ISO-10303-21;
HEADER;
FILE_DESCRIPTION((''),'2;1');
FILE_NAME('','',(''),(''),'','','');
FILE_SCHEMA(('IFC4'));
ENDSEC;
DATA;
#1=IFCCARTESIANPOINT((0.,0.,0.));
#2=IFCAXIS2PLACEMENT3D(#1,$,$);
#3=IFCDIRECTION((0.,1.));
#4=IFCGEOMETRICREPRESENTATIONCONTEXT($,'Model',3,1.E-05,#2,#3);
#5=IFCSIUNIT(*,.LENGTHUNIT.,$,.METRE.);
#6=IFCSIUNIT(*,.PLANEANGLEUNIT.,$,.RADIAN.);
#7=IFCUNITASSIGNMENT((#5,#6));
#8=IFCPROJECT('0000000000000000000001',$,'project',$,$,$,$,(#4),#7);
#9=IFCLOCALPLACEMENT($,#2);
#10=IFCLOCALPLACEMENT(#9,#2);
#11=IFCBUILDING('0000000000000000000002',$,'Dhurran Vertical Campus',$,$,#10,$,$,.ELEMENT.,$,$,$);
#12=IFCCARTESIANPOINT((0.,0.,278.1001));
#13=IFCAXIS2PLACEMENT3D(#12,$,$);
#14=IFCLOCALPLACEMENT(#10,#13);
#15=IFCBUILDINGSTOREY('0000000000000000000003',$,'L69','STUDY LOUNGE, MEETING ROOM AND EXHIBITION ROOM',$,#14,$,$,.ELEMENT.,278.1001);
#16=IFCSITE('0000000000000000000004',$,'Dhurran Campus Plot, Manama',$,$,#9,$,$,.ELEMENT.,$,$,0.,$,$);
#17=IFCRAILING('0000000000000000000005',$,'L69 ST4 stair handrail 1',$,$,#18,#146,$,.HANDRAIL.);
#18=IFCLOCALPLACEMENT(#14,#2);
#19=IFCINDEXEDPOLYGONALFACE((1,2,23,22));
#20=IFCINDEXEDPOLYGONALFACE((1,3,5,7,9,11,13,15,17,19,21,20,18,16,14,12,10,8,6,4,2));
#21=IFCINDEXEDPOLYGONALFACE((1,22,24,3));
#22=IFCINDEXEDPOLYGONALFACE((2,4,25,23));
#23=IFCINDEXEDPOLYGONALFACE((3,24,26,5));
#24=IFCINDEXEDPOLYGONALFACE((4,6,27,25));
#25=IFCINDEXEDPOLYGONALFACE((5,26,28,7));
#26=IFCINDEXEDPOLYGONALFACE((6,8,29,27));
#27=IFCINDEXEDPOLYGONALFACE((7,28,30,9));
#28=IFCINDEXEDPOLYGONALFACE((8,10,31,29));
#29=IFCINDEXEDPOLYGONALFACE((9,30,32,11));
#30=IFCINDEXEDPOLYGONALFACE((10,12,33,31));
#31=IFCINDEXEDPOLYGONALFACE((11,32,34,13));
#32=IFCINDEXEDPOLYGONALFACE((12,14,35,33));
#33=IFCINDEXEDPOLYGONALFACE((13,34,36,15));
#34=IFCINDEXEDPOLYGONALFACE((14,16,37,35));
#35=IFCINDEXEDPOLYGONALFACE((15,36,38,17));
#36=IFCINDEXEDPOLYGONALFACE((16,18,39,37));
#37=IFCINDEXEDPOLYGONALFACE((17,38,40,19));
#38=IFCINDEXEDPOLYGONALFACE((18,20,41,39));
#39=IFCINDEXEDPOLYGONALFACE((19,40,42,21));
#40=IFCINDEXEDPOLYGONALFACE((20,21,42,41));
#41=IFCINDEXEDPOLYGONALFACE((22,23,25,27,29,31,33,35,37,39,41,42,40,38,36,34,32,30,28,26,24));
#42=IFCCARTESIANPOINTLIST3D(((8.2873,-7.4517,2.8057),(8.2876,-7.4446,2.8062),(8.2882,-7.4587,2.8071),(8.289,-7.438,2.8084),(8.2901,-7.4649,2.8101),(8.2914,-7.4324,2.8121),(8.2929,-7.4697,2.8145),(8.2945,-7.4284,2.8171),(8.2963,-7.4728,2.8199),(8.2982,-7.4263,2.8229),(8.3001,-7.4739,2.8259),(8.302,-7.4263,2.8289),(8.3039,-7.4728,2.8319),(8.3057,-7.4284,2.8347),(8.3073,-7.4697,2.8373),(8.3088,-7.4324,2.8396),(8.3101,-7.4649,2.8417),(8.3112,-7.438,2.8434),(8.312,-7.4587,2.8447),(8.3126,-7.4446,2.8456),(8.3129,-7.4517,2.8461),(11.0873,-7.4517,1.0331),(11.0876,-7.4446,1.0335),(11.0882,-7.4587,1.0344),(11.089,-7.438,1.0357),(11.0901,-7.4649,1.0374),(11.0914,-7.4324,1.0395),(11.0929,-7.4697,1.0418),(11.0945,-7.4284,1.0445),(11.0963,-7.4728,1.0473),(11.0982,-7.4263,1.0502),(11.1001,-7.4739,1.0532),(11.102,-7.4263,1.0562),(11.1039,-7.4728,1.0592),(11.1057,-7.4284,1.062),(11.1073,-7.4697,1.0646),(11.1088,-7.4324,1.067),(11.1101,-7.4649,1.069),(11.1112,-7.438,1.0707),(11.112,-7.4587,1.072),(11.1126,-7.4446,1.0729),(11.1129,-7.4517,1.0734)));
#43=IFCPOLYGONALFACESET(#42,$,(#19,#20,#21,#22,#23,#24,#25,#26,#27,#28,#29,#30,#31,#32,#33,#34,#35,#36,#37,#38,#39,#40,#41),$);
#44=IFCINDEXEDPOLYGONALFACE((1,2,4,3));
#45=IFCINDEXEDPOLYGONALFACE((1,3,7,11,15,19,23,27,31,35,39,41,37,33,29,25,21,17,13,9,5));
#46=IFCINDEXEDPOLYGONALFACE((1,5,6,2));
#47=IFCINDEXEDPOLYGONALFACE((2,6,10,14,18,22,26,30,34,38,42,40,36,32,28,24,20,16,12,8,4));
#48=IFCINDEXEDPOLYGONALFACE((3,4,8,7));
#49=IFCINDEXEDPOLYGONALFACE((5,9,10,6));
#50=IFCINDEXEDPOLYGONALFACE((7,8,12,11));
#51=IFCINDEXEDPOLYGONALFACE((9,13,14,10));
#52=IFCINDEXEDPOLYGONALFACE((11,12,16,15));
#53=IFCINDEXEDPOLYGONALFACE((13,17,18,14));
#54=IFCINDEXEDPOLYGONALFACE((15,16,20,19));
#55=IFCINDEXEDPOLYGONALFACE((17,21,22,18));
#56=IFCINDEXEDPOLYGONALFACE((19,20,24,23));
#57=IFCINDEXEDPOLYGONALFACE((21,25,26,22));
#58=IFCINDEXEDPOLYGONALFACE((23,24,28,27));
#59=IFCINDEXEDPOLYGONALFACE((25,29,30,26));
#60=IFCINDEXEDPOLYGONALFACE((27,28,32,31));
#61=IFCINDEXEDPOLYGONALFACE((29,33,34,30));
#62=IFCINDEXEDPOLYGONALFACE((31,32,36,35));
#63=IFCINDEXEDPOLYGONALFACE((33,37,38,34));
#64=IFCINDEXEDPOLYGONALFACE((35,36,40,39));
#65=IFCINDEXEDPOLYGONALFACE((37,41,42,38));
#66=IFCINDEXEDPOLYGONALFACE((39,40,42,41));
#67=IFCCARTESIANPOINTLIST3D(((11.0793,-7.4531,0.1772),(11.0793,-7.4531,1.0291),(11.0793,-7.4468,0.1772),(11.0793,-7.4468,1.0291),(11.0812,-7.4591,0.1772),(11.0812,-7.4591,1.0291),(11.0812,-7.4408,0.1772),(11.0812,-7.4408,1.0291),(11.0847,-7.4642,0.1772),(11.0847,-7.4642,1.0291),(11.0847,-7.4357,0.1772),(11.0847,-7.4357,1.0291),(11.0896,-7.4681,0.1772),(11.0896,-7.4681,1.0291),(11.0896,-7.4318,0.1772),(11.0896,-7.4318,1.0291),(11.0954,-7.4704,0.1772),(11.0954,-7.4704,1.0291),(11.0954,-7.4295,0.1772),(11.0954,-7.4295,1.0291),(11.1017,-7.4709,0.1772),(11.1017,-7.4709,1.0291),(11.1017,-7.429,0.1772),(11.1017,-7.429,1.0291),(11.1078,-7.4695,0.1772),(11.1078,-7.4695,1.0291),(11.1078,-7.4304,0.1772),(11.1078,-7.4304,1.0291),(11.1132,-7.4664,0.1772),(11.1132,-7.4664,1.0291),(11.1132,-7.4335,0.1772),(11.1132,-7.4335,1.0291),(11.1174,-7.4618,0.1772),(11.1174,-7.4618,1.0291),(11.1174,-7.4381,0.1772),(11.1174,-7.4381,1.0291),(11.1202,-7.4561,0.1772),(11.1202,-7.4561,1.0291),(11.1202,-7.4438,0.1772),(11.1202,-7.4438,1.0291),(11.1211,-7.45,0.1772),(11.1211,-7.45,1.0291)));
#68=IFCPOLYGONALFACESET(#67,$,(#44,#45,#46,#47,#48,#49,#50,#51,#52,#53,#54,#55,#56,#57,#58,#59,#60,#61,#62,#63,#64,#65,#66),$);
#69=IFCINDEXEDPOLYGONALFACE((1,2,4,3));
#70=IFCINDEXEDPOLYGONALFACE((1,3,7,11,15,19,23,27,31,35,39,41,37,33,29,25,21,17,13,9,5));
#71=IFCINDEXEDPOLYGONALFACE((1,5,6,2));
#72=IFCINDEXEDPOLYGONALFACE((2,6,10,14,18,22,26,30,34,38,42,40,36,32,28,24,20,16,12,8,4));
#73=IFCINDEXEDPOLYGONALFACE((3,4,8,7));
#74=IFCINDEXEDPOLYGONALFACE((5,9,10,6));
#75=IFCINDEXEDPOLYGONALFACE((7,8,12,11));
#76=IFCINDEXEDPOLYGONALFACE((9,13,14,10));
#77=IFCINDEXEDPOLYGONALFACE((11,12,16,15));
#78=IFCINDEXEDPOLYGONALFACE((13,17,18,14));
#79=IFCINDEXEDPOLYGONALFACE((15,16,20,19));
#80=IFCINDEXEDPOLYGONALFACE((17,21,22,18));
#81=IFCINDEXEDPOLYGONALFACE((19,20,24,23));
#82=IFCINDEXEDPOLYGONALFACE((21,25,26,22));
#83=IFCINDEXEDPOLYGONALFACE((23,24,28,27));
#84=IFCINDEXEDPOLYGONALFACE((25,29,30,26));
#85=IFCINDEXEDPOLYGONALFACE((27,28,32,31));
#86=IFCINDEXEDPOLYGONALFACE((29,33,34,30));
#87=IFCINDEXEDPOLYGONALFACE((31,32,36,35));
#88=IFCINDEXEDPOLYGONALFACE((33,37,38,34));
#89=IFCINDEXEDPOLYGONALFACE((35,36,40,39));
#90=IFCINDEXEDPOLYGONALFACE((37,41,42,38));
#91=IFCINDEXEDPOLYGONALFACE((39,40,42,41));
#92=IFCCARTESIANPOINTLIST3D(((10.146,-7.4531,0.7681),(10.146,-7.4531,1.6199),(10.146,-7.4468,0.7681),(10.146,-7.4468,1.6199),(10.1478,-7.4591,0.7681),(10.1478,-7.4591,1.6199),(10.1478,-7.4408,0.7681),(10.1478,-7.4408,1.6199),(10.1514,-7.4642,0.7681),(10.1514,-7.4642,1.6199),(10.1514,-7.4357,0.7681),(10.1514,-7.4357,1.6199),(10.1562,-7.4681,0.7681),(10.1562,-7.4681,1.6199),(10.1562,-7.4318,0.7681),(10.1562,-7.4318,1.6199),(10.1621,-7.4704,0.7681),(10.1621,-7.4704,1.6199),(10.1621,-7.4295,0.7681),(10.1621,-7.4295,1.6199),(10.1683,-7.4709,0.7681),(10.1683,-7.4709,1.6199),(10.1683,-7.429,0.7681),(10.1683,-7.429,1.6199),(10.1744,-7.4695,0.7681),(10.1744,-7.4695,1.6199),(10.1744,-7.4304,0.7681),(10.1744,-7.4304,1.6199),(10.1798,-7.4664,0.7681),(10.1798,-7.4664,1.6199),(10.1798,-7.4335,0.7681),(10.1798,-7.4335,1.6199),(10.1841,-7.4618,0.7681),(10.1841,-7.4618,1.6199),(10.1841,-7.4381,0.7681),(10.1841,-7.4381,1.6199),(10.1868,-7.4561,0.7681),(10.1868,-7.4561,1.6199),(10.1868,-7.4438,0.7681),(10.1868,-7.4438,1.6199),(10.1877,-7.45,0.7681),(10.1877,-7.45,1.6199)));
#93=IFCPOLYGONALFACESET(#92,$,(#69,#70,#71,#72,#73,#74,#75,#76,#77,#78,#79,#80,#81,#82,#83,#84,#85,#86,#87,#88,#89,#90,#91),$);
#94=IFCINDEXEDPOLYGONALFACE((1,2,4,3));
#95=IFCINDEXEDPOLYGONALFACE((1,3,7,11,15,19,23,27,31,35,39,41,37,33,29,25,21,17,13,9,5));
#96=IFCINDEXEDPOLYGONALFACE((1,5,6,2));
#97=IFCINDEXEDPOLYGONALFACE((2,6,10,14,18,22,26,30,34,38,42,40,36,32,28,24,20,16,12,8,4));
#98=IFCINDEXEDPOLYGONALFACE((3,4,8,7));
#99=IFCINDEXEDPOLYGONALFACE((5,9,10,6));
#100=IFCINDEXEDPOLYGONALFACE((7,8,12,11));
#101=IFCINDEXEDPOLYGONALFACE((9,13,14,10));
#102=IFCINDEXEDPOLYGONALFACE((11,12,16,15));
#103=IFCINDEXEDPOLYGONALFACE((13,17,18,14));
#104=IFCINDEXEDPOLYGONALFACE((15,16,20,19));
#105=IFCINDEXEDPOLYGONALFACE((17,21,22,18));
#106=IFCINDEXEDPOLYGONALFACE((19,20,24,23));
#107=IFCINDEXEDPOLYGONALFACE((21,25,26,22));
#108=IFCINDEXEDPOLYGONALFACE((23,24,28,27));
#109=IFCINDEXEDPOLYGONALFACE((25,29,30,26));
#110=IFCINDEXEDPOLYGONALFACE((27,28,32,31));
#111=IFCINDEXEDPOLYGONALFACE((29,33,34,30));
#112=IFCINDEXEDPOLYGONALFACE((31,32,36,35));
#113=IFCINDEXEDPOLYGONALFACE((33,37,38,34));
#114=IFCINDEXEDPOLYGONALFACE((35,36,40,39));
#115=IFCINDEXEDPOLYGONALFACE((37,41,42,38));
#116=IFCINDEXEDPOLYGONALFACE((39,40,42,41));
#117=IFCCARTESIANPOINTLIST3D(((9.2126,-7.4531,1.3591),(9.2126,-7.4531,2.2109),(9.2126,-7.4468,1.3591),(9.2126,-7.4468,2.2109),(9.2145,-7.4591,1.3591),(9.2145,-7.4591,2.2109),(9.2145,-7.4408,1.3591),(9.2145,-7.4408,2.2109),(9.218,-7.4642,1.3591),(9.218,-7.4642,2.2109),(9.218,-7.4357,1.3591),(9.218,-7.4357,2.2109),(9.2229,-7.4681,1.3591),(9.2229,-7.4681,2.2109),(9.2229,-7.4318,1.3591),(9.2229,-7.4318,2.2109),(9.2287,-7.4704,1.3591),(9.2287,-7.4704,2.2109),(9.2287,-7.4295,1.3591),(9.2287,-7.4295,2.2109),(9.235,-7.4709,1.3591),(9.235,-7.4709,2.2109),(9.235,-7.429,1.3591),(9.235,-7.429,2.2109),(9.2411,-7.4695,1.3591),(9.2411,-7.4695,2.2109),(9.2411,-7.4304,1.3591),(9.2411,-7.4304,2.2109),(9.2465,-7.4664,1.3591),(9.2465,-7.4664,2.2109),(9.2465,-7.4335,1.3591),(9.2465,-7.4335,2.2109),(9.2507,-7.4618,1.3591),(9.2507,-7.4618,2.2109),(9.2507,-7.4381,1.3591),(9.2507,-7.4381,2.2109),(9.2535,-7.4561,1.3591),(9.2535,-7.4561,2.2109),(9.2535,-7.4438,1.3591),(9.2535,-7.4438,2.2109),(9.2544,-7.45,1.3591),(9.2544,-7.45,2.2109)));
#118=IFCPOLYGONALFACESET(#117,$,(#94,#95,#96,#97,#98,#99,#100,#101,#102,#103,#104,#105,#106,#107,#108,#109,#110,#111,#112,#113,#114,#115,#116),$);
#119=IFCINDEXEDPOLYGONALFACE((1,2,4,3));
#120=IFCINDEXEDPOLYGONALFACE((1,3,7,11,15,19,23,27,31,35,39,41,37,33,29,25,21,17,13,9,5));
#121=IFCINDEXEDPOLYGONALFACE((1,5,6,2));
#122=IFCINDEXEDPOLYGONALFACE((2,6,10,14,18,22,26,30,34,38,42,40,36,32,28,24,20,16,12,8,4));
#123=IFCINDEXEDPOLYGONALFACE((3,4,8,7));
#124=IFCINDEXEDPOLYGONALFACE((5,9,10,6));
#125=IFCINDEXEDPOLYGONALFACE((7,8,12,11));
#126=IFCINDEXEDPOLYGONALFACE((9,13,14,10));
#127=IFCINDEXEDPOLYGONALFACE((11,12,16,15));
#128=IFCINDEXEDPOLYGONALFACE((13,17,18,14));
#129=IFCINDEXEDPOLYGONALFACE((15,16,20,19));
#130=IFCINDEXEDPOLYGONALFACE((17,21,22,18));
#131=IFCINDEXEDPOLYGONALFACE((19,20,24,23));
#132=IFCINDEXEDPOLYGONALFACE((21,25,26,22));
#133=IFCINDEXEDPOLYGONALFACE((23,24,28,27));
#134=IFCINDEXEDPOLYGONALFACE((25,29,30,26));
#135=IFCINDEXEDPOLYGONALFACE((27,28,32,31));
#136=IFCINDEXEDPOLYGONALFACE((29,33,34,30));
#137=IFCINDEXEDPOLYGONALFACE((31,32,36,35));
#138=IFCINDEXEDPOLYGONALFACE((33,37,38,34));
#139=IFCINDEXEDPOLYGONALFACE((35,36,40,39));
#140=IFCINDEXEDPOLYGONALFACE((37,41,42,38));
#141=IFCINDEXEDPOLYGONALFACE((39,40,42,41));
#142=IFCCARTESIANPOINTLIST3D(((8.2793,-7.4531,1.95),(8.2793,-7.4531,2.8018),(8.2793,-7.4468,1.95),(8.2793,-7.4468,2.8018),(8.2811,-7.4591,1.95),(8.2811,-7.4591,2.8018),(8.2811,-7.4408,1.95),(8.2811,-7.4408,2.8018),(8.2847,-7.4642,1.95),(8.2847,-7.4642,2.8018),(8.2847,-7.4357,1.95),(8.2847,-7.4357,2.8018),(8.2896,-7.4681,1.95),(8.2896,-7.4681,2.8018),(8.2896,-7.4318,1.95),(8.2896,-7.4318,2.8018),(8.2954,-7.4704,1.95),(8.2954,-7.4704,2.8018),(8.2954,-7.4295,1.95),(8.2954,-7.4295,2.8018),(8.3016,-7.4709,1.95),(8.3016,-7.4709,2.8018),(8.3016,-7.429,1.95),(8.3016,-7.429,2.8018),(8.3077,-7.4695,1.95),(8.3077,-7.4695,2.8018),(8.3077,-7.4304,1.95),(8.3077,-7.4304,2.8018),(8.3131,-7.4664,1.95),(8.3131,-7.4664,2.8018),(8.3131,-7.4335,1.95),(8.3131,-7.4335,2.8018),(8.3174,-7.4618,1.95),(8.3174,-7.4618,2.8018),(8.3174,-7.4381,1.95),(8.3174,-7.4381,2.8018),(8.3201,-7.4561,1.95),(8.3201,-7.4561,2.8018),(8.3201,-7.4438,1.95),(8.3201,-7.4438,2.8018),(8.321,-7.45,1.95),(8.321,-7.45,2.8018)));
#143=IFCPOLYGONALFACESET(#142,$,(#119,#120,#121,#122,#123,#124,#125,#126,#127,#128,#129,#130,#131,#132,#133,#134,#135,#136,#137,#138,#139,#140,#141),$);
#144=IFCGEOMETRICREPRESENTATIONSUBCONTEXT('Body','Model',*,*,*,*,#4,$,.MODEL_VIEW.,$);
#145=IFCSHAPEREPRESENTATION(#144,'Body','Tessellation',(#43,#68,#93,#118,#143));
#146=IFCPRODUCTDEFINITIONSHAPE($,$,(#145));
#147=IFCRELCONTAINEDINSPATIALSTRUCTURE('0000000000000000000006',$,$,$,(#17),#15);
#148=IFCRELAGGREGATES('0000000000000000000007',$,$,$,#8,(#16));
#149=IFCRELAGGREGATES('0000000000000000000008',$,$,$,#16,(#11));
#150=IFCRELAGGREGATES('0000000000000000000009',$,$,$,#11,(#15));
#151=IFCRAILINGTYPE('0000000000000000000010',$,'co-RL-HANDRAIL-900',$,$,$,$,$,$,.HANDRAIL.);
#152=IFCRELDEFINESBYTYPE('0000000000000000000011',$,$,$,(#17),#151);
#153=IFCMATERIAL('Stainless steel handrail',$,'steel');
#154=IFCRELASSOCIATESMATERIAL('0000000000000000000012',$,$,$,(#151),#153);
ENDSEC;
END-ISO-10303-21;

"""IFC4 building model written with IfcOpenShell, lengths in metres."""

from ifc_helpers import new_model, si_unit, direction, frame, origin, origin_2d, place, context, subcontext, project, spatial, circle, extrude, material, type_object, element, save


model = new_model("IFC4")

# Units and contexts
model_context = context("Model", 3, precision=1e-05, world=origin(), true_north=direction((0.0, 1.0)))
body_context = subcontext(model_context, "Body", "Model", "MODEL_VIEW")
ifc_project = project(units=[si_unit("LENGTHUNIT", "METRE"), si_unit("PLANEANGLEUNIT", "RADIAN")], contexts=[model_context])

# Site, building, storey
site_placement = place(None, origin())
site = spatial("IfcSite", under=ifc_project, at=site_placement, Name="Dhurran Campus Plot, Manama", CompositionType="ELEMENT", RefElevation=0.0)
building_placement = place(site_placement, origin())
building = spatial("IfcBuilding", under=site, at=building_placement, Name="Dhurran Vertical Campus", CompositionType="ELEMENT")
storey_placement = place(building_placement, frame((0.0, 0.0, 278.1001)))
storey = spatial("IfcBuildingStorey", under=building, at=storey_placement, Name="L69", Description="STUDY LOUNGE, MEETING ROOM AND EXHIBITION ROOM", CompositionType="ELEMENT", Elevation=278.1001)

# Railing
ifc_material_1 = material(Name="Stainless steel handrail", Category="steel")
railing_type_1 = type_object("IfcRailingType", Name="co-RL-HANDRAIL-900", PredefinedType="HANDRAIL", material=ifc_material_1)
railing_1_placement = place(storey_placement, frame((11.1001, -7.45, 0.1772)))
element("IfcRailing", 1, at=railing_1_placement, inside=storey, type_object=railing_type_1, Name="L69 ST4 stair handrail 1", PredefinedType="HANDRAIL", context=body_context, shape_type="SweptSolid", body=[
    extrude(circle(Radius=0.0239, at=origin_2d()), frame((0.0, 0.0, 0.876), z_axis=(-0.844909, 0.0, 0.53491), x_axis=(0.0, -1.0, 0.0)), (0.0, 0.0, 1.0), 3.314),
    extrude(circle(Radius=0.021, at=origin_2d()), origin(), (0.0, 0.0, 1.0), 0.8518),
    extrude(circle(Radius=0.021, at=origin_2d()), frame((-0.9333, 0.0, 0.5908)), (0.0, 0.0, 1.0), 0.8518),
    extrude(circle(Radius=0.021, at=origin_2d()), frame((-1.8667, 0.0, 1.1819)), (0.0, 0.0, 1.0), 0.8518),
    extrude(circle(Radius=0.021, at=origin_2d()), frame((-2.8, 0.0, 1.7727)), (0.0, 0.0, 1.0), 0.8518),
])

save(model, "model.ifc")
